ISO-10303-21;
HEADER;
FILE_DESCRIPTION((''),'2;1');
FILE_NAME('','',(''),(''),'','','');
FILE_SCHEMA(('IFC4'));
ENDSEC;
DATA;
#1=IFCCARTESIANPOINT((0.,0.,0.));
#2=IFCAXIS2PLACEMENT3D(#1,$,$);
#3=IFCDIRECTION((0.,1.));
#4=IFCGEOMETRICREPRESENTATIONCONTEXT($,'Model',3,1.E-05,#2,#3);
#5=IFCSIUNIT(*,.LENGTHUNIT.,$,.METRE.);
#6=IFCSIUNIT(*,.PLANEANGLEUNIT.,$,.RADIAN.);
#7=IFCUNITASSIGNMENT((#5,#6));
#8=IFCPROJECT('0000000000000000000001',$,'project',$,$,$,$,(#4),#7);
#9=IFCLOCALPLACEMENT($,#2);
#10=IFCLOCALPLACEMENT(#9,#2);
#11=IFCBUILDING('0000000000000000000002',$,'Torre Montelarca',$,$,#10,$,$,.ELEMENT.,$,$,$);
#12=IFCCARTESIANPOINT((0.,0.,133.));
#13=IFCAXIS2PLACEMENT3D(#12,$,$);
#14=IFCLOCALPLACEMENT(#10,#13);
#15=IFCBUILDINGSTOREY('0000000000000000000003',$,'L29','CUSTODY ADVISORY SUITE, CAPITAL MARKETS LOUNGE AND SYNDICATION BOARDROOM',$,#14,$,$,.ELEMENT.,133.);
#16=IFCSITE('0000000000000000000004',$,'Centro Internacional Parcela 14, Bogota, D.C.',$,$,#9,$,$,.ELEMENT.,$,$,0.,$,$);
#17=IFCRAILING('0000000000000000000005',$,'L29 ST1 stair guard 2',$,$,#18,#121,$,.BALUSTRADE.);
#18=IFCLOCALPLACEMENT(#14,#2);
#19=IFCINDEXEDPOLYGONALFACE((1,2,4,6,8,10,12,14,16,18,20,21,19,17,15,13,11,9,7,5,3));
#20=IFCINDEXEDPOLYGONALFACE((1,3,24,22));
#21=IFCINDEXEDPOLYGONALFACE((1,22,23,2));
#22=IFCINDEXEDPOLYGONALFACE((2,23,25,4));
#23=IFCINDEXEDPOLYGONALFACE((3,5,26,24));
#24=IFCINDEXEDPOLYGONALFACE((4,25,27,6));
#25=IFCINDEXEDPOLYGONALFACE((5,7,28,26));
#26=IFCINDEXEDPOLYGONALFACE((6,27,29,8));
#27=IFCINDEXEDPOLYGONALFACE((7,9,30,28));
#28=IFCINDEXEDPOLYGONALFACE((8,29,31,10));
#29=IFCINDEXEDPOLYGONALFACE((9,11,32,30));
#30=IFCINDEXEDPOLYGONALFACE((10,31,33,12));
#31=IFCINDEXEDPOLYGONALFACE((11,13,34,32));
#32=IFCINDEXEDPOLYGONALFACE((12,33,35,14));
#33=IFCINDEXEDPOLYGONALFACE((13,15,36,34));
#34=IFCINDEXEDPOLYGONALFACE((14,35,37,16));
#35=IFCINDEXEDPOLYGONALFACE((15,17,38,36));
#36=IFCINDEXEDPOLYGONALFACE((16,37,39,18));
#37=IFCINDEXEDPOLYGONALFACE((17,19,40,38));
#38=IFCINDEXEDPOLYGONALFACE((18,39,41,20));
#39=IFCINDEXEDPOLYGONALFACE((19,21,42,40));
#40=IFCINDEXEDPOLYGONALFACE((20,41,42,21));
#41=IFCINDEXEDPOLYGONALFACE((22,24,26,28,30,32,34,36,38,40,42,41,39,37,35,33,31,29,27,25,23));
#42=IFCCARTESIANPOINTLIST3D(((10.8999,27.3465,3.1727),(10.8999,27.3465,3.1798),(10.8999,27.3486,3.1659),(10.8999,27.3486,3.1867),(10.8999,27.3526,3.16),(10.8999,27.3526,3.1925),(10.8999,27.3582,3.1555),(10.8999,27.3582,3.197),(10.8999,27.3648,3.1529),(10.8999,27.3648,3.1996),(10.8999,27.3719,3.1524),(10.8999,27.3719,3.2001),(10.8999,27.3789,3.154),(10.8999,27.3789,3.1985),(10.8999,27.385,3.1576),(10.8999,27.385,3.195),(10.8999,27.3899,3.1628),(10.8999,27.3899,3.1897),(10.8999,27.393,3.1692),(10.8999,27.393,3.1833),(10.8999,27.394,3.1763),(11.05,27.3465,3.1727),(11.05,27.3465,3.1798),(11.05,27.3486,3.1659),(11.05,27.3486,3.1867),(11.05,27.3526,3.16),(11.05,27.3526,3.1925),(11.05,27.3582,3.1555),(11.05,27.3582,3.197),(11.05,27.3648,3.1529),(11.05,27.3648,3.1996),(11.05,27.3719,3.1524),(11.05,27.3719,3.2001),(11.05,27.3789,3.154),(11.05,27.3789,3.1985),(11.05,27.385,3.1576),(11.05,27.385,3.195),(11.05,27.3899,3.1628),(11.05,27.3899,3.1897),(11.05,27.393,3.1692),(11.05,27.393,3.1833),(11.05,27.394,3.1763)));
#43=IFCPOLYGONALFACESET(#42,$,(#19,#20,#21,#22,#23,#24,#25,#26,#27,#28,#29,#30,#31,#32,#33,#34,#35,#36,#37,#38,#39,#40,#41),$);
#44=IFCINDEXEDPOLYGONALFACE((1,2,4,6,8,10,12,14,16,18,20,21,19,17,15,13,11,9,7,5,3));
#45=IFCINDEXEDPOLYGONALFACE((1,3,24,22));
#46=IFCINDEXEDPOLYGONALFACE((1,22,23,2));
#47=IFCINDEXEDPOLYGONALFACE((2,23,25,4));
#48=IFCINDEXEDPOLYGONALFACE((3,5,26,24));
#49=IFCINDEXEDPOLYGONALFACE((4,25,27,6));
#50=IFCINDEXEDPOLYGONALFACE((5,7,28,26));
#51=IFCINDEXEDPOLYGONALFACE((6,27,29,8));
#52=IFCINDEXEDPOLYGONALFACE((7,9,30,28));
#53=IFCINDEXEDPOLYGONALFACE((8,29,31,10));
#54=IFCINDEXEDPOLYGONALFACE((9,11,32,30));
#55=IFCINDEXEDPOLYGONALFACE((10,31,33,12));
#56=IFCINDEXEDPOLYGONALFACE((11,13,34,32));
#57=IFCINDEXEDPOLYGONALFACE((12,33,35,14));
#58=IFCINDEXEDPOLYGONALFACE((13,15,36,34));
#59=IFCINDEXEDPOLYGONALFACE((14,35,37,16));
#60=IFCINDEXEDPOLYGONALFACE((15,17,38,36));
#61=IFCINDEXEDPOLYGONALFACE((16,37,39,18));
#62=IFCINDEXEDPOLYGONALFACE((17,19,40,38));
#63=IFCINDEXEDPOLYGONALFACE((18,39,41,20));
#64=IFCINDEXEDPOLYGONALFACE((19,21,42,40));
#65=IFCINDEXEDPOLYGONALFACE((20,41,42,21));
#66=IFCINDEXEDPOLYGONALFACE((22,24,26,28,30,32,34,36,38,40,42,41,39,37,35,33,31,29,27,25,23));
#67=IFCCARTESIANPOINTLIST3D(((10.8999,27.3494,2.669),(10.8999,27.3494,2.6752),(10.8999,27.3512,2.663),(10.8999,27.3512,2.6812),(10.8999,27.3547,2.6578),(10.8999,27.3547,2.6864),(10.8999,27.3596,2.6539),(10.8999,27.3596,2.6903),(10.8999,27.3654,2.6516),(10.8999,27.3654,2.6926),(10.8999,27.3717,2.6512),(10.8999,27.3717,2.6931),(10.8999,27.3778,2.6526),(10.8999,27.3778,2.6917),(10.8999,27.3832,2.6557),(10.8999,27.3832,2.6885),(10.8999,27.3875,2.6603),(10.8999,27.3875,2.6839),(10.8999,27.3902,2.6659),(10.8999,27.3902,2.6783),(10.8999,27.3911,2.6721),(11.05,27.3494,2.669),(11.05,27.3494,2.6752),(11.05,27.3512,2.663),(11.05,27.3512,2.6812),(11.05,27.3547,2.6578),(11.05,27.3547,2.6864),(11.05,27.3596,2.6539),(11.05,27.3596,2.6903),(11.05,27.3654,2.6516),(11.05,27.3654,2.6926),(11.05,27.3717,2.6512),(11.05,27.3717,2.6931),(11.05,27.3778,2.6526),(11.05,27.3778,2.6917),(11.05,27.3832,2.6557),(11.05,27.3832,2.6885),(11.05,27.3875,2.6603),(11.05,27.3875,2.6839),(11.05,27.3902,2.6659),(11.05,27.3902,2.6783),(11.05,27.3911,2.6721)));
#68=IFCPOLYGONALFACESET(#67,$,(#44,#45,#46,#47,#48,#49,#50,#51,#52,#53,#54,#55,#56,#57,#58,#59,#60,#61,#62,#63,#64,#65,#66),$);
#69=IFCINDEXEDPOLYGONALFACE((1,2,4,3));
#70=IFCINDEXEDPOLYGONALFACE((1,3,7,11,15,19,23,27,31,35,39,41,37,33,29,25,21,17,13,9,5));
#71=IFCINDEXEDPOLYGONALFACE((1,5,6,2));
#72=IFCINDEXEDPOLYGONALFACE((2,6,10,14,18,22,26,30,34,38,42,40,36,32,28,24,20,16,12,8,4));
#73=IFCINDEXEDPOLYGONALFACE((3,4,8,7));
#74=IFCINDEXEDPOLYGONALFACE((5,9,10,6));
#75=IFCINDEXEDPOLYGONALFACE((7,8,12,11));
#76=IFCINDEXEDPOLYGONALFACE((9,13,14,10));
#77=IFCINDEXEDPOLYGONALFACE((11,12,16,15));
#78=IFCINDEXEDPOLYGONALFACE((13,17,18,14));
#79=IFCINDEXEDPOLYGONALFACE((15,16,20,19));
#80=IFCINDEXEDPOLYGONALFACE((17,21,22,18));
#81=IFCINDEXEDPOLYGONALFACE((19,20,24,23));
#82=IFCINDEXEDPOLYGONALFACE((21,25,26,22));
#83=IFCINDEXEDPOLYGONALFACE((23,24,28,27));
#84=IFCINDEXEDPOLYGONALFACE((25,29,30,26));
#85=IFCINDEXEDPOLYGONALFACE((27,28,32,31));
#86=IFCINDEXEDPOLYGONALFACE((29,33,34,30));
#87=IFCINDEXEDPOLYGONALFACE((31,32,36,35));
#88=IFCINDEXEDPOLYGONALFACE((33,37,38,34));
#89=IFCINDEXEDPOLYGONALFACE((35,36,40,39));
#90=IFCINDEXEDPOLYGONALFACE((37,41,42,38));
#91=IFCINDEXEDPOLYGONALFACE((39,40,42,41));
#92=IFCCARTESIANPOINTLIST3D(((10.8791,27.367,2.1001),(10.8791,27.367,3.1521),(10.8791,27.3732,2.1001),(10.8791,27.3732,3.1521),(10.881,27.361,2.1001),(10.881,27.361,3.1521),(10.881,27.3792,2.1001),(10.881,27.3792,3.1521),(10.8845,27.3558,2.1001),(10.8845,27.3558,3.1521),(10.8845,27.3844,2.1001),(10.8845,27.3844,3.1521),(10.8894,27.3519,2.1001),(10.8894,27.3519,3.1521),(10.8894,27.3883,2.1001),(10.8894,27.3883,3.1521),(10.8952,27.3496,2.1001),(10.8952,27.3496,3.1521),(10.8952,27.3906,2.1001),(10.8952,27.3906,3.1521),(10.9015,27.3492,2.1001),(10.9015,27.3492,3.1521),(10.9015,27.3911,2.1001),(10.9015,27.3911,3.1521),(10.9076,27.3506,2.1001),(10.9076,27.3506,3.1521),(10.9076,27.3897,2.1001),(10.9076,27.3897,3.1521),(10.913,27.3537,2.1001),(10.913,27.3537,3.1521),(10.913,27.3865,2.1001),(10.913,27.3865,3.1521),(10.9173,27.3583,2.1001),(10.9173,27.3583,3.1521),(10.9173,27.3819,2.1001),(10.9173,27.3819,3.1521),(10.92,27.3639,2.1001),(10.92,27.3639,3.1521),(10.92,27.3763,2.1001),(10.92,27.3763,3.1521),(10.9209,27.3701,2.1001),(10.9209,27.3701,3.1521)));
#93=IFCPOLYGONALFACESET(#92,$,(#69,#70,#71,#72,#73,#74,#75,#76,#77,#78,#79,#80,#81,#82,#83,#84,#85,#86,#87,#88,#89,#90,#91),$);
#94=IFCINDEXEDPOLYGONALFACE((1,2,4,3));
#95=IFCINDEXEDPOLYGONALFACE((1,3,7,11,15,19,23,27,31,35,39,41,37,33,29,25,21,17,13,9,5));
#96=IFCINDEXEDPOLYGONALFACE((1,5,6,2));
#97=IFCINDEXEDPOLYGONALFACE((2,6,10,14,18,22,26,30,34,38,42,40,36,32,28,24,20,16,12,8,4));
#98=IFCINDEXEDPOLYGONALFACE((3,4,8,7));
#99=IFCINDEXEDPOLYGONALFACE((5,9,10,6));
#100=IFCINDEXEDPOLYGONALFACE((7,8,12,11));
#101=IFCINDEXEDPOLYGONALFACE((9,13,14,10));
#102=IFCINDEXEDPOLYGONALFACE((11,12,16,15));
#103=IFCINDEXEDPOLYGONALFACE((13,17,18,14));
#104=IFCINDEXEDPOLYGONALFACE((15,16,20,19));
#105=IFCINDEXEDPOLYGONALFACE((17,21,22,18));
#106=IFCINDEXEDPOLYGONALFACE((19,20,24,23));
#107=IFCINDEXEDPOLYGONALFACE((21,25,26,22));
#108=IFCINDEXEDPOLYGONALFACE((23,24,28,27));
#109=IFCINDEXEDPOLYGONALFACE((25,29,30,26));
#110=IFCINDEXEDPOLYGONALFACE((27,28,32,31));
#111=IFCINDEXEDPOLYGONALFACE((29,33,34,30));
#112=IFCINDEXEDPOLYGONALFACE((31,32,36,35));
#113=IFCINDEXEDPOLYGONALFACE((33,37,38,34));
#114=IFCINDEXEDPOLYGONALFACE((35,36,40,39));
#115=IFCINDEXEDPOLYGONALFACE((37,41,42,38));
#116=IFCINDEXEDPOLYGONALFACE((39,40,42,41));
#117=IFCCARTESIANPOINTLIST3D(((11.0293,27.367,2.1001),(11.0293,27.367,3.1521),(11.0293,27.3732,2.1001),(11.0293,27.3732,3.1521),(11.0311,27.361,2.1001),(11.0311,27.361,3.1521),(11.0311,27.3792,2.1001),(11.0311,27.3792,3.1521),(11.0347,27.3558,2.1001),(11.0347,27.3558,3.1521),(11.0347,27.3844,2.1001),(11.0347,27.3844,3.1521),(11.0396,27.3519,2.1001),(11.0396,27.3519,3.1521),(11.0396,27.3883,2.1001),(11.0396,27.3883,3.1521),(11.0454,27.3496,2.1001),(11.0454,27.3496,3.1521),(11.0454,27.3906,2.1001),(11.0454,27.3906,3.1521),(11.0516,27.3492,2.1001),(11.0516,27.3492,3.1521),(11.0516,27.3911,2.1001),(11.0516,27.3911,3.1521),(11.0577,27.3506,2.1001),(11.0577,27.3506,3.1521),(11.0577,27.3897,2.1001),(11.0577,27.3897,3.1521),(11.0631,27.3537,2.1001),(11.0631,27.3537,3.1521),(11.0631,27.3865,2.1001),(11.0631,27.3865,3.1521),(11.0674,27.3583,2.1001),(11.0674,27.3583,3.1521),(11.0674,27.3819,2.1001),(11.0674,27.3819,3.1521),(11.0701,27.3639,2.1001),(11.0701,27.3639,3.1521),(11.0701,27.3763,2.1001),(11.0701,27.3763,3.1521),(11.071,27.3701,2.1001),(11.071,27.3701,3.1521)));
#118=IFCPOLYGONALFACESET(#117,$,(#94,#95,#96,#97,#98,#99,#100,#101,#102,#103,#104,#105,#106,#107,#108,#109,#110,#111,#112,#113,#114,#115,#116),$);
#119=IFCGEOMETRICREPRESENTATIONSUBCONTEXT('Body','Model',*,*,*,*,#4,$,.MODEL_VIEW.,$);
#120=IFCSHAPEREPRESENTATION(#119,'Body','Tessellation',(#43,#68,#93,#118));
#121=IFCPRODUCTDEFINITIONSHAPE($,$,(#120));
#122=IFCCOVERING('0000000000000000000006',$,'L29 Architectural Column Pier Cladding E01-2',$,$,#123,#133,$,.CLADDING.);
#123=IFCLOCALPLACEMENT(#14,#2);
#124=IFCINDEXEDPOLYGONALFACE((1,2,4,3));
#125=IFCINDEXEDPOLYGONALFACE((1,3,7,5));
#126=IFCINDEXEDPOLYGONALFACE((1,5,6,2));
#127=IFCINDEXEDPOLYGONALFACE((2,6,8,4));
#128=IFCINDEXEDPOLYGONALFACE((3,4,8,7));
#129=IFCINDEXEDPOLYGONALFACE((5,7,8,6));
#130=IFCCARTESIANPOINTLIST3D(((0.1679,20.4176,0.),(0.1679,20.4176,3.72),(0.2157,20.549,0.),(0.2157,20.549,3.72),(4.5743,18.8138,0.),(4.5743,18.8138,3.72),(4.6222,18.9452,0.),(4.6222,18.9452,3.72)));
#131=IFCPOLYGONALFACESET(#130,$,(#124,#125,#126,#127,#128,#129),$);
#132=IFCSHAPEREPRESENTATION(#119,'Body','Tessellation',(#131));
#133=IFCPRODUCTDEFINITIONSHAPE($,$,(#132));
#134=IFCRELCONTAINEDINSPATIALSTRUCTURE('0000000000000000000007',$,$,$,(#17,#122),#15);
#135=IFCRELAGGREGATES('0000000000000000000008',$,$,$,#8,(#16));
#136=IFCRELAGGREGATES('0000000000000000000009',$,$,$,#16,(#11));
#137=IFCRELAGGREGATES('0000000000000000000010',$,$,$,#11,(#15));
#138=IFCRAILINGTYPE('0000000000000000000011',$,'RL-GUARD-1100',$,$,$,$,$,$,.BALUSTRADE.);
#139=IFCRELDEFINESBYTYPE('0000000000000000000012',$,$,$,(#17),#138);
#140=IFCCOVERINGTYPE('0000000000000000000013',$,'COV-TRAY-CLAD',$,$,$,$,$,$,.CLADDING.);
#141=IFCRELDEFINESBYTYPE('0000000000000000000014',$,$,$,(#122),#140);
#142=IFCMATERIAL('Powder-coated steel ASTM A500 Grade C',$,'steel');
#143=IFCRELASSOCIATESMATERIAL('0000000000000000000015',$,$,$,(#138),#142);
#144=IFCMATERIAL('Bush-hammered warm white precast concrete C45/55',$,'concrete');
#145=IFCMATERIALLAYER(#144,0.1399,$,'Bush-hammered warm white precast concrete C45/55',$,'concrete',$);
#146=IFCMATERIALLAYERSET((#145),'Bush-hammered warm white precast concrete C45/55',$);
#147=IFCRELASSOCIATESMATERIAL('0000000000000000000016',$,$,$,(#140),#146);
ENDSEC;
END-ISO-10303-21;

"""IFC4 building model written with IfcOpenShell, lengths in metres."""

from ifc_helpers import new_model, si_unit, direction, frame, origin, origin_2d, place, context, subcontext, project, spatial, rectangle, circle, extrude, source, transform, mapped, material, layer, layer_set, type_object, element, save


model = new_model("IFC4")

# Units and contexts
model_context = context("Model", 3, precision=1e-05, world=origin(), true_north=direction((0.0, 1.0)))
body_context = subcontext(model_context, "Body", "Model", "MODEL_VIEW")
ifc_project = project(units=[si_unit("LENGTHUNIT", "METRE"), si_unit("PLANEANGLEUNIT", "RADIAN")], contexts=[model_context])

# Site, building, storey
site_placement = place(None, origin())
site = spatial("IfcSite", under=ifc_project, at=site_placement, Name="Centro Internacional Parcela 14, Bogota, D.C.", CompositionType="ELEMENT", RefElevation=0.0)
building_placement = place(site_placement, origin())
building = spatial("IfcBuilding", under=site, at=building_placement, Name="Torre Montelarca", CompositionType="ELEMENT")
storey_placement = place(building_placement, frame((0.0, 0.0, 133.0)))
storey = spatial("IfcBuildingStorey", under=building, at=storey_placement, Name="L29", Description="CUSTODY ADVISORY SUITE, CAPITAL MARKETS LOUNGE AND SYNDICATION BOARDROOM", CompositionType="ELEMENT", Elevation=133.0)

# Railing
ifc_material_1 = material(Name="Powder-coated steel ASTM A500 Grade C", Category="steel")
railing_type = type_object("IfcRailingType", Name="RL-GUARD-1100", PredefinedType="BALUSTRADE", material=ifc_material_1)
railing_placement = place(storey_placement, frame((10.8999, 27.3701, 2.1001)))
element("IfcRailing", 1, at=railing_placement, inside=storey, type_object=railing_type, Name="L29 ST1 stair guard 2", PredefinedType="BALUSTRADE", context=body_context, shape_type="SweptSolid", body=[
    extrude(circle(Radius=0.0239, at=origin_2d()), frame((0.0, 0.0, 1.0762), z_axis=(1.0, 0.0, 0.0), x_axis=(0.0, 1.0, 0.0)), (0.0, 0.0, 1.0), 0.1501),
    extrude(circle(Radius=0.021, at=origin_2d()), frame((0.0, 0.0, 0.572), z_axis=(1.0, 0.0, 0.0), x_axis=(0.0, 1.0, 0.0)), (0.0, 0.0, 1.0), 0.1501),
    extrude(circle(Radius=0.021, at=origin_2d()), origin(), (0.0, 0.0, 1.0), 1.052),
    extrude(circle(Radius=0.021, at=origin_2d()), frame((0.1501, 0.0, 0.0)), (0.0, 0.0, 1.0), 1.052),
])

# Covering
ifc_material_2 = material(Name="Bush-hammered warm white precast concrete C45/55", Category="concrete")
ifc_layer_1 = layer(ifc_material_2, 0.1399, Name="Bush-hammered warm white precast concrete C45/55", Category="concrete")
ifc_layer_set_1 = layer_set([ifc_layer_1], Name="Bush-hammered warm white precast concrete C45/55")
covering_type = type_object("IfcCoveringType", Name="COV-TRAY-CLAD", PredefinedType="CLADDING", material=ifc_layer_set_1)
shared_shape_1 = source(origin(), body_context, "Body", "SweptSolid", [
    extrude(rectangle(XDim=4.6892, YDim=0.1399, at=origin_2d()), origin(), (0.0, 0.0, 1.0), 3.72),
])
covering_placement = place(storey_placement, frame((2.395, 19.6814, 0.0), z_axis=(0.0, 0.0, 1.0), x_axis=(0.939694, -0.342017, 0.0)))
element("IfcCovering", 2, at=covering_placement, inside=storey, type_object=covering_type, Name="L29 Architectural Column Pier Cladding E01-2", PredefinedType="CLADDING", context=body_context, shape_type="MappedRepresentation", body=[
    mapped(shared_shape_1, transform((0.0, 0.0, 0.0), scale=1.0)),
])

save(model, "model.ifc")
